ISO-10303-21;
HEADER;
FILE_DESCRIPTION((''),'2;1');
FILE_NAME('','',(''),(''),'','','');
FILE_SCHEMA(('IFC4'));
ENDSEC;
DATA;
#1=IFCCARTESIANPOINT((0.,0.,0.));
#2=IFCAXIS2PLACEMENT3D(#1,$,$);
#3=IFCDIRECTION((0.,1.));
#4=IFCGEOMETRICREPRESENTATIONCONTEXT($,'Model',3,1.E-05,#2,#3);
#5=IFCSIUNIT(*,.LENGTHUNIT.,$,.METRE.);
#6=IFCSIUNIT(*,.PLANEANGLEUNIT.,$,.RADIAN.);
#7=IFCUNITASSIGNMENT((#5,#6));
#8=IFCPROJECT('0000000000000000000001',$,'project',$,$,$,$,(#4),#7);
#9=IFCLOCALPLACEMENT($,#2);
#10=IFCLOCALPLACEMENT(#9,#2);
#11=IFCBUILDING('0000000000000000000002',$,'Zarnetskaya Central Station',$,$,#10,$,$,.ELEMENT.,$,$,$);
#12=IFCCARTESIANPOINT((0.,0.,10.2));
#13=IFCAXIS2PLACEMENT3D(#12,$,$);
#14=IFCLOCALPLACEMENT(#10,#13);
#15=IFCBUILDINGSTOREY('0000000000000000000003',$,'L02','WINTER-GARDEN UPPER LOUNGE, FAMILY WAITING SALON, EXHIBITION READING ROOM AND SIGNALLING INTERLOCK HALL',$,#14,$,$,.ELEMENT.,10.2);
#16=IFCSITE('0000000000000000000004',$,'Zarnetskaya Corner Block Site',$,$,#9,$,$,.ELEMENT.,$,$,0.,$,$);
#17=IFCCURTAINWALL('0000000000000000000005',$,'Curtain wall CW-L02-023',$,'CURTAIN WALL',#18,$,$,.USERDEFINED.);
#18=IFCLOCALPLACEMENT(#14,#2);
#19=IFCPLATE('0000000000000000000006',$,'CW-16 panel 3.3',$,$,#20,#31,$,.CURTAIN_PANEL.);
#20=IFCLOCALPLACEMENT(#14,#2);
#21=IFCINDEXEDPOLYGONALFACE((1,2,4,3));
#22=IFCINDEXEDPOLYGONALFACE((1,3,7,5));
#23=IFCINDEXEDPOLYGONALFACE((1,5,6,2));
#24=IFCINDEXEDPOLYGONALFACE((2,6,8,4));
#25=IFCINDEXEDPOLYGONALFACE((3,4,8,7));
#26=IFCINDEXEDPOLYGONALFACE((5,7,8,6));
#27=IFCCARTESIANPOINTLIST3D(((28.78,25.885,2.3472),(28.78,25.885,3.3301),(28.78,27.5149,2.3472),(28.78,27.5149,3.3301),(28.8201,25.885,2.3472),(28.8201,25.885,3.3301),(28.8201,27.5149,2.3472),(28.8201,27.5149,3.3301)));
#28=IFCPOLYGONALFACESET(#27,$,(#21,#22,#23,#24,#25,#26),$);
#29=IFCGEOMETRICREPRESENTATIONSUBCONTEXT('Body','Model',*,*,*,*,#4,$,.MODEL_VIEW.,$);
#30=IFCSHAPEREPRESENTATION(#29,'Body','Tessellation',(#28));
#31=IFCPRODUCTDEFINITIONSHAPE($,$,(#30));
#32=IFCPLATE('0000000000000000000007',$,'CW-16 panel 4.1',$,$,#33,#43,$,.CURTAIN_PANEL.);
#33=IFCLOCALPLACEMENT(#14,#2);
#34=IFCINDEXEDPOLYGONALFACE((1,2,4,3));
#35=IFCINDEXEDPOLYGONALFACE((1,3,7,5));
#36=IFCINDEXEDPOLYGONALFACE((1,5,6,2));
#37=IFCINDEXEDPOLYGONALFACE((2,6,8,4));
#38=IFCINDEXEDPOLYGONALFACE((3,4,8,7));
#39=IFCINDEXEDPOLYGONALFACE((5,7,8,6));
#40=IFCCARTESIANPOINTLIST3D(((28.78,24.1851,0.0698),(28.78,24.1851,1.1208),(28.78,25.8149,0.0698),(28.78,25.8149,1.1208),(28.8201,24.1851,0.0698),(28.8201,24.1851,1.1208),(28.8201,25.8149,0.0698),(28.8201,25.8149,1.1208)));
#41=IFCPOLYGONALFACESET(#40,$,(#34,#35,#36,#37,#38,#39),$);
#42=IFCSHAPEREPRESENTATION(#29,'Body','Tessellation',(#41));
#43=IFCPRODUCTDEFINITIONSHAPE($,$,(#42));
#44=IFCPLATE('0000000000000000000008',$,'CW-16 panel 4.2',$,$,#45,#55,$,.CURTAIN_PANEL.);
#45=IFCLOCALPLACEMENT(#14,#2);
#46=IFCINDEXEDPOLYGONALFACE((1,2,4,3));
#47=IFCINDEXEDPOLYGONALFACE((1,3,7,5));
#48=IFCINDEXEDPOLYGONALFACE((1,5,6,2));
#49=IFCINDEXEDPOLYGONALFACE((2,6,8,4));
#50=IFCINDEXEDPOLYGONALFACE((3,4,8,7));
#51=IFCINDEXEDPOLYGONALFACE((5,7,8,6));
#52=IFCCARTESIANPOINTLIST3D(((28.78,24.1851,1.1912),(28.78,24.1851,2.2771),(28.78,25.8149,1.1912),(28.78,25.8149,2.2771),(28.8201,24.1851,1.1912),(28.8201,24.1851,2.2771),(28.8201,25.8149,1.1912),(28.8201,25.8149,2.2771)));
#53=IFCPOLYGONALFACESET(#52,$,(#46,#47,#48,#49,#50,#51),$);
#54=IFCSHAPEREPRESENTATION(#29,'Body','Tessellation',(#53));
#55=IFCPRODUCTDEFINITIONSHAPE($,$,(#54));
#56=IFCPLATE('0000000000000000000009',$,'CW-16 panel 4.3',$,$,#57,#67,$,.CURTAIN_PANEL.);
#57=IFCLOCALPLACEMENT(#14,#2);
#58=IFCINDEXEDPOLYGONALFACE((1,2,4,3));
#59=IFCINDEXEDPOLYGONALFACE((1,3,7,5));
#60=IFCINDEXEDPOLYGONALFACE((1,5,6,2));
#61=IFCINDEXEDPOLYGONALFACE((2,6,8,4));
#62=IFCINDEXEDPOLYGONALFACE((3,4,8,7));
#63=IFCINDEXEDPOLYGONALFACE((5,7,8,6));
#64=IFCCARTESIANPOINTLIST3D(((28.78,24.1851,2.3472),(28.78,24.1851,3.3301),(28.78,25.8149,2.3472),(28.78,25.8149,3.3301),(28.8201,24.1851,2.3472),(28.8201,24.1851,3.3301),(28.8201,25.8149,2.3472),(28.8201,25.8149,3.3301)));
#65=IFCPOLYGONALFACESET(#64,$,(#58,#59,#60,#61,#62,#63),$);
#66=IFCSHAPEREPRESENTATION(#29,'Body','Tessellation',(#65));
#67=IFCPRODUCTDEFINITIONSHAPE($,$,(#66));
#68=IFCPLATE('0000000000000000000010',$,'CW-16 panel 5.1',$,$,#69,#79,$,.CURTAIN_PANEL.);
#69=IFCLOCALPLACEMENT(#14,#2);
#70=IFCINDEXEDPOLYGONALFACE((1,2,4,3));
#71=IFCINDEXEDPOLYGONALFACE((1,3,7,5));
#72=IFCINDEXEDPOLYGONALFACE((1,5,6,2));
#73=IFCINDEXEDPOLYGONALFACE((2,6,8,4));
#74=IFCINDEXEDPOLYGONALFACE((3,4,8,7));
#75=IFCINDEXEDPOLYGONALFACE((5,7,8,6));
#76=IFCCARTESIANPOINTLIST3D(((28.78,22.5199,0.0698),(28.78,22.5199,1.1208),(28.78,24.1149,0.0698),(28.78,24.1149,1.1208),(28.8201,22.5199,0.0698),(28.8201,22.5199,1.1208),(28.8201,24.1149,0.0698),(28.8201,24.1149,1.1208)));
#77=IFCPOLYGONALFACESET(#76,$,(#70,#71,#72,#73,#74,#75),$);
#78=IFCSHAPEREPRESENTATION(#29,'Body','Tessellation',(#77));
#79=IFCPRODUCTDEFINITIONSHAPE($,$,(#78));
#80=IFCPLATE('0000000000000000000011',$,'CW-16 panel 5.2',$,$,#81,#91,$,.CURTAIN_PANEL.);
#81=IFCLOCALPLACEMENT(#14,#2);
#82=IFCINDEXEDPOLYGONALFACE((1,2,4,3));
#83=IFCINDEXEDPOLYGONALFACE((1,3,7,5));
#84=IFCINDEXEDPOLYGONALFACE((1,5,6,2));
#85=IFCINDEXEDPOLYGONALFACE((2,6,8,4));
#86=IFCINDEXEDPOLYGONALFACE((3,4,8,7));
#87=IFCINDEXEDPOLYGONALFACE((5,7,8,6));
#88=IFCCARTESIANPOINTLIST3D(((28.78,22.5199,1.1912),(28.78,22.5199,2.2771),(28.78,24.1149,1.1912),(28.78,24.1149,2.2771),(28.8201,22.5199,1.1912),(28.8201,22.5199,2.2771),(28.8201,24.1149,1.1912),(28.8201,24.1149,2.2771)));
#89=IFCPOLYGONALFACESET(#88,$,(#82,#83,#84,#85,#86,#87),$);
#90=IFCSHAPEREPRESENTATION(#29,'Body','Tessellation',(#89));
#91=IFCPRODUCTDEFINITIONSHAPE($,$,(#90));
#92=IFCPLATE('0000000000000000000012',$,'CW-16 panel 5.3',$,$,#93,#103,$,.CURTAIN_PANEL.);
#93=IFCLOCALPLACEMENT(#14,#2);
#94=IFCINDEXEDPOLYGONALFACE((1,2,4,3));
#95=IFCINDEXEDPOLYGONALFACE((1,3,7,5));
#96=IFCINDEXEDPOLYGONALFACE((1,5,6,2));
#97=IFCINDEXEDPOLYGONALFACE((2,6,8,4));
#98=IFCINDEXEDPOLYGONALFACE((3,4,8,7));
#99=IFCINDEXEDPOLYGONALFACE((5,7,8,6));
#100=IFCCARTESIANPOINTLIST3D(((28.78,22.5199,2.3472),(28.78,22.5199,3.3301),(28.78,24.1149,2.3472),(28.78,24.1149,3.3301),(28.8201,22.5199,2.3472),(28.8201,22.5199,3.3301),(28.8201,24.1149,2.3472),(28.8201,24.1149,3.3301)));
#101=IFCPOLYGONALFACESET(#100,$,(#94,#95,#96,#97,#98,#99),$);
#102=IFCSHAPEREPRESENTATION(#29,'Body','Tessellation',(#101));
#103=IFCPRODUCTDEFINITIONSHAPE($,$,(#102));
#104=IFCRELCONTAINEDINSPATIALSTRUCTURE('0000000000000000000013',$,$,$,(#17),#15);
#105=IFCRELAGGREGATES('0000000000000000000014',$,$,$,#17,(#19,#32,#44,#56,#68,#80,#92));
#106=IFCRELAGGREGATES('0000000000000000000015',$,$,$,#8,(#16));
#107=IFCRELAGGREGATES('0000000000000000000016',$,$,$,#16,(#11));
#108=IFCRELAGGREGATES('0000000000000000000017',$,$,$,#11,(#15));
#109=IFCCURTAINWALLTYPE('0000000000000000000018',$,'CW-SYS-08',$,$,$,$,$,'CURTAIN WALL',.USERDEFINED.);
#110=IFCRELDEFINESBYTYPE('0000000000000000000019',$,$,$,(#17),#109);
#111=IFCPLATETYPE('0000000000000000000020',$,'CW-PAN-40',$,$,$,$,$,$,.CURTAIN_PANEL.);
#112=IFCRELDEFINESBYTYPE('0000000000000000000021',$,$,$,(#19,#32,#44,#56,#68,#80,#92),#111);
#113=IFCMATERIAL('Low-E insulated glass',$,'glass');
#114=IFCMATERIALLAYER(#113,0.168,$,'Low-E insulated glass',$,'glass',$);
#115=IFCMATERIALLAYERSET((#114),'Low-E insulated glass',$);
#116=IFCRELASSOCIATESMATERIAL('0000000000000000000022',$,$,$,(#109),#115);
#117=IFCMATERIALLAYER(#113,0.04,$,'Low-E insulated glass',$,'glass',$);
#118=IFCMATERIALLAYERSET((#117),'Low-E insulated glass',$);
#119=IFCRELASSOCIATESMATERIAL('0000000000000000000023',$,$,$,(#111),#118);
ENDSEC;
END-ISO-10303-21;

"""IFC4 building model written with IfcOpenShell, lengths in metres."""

from ifc_helpers import new_model, si_unit, direction, frame, origin, origin_2d, place, context, subcontext, project, spatial, rectangle, extrude, material, layer, layer_set, type_object, element, aggregate, save


model = new_model("IFC4")

# Units and contexts
model_context = context("Model", 3, precision=1e-05, world=origin(), true_north=direction((0.0, 1.0)))
body_context = subcontext(model_context, "Body", "Model", "MODEL_VIEW")
ifc_project = project(units=[si_unit("LENGTHUNIT", "METRE"), si_unit("PLANEANGLEUNIT", "RADIAN")], contexts=[model_context])

# Site, building, storey
site_placement = place(None, origin())
site = spatial("IfcSite", under=ifc_project, at=site_placement, Name="Zarnetskaya Corner Block Site", CompositionType="ELEMENT", RefElevation=0.0)
building_placement = place(site_placement, origin())
building = spatial("IfcBuilding", under=site, at=building_placement, Name="Zarnetskaya Central Station", CompositionType="ELEMENT")
storey_placement = place(building_placement, frame((0.0, 0.0, 10.2)))
storey = spatial("IfcBuildingStorey", under=building, at=storey_placement, Name="L02", Description="WINTER-GARDEN UPPER LOUNGE, FAMILY WAITING SALON, EXHIBITION READING ROOM AND SIGNALLING INTERLOCK HALL", CompositionType="ELEMENT", Elevation=10.2)

# Curtain wall
ifc_material_1 = material(Name="Low-E insulated glass", Category="glass")
ifc_layer_1 = layer(ifc_material_1, 0.168, Name="Low-E insulated glass", Category="glass")
ifc_layer_set_1 = layer_set([ifc_layer_1], Name="Low-E insulated glass")
curtain_wall_type = type_object("IfcCurtainWallType", Name="CW-SYS-08", ElementType="CURTAIN WALL", PredefinedType="USERDEFINED", material=ifc_layer_set_1)
curtain_wall_placement = place(storey_placement, origin())
curtain_wall = element("IfcCurtainWall", 1, at=curtain_wall_placement, inside=storey, type_object=curtain_wall_type, Name="Curtain wall CW-L02-023", ObjectType="CURTAIN WALL", PredefinedType="USERDEFINED")

# Plates
ifc_layer_2 = layer(ifc_material_1, 0.04, Name="Low-E insulated glass", Category="glass")
ifc_layer_set_2 = layer_set([ifc_layer_2], Name="Low-E insulated glass")
plate_type = type_object("IfcPlateType", Name="CW-PAN-40", PredefinedType="CURTAIN_PANEL", material=ifc_layer_set_2)
plate_1_placement = place(storey_placement, frame((28.8, 26.7, 2.3472), z_axis=(0.0, 0.0, 1.0), x_axis=(0.0, -1.0, 0.0)))
plate_1 = element("IfcPlate", 2, at=plate_1_placement, type_object=plate_type, Name="CW-16 panel 3.3", PredefinedType="CURTAIN_PANEL", context=body_context, shape_type="SweptSolid", body=[
    extrude(rectangle(XDim=1.6299, YDim=0.04, at=origin_2d()), origin(), (0.0, 0.0, 1.0), 0.9829),
])
plate_2_placement = place(storey_placement, frame((28.8, 25.0, 0.0698), z_axis=(0.0, 0.0, 1.0), x_axis=(0.0, -1.0, 0.0)))
plate_2 = element("IfcPlate", 3, at=plate_2_placement, type_object=plate_type, Name="CW-16 panel 4.1", PredefinedType="CURTAIN_PANEL", context=body_context, shape_type="SweptSolid", body=[
    extrude(rectangle(XDim=1.6299, YDim=0.04, at=origin_2d()), origin(), (0.0, 0.0, 1.0), 1.051),
])
plate_3_placement = place(storey_placement, frame((28.8, 25.0, 1.1912), z_axis=(0.0, 0.0, 1.0), x_axis=(0.0, -1.0, 0.0)))
plate_3 = element("IfcPlate", 4, at=plate_3_placement, type_object=plate_type, Name="CW-16 panel 4.2", PredefinedType="CURTAIN_PANEL", context=body_context, shape_type="SweptSolid", body=[
    extrude(rectangle(XDim=1.6299, YDim=0.04, at=origin_2d()), origin(), (0.0, 0.0, 1.0), 1.0859),
])
plate_4_placement = place(storey_placement, frame((28.8, 25.0, 2.3472), z_axis=(0.0, 0.0, 1.0), x_axis=(0.0, -1.0, 0.0)))
plate_4 = element("IfcPlate", 5, at=plate_4_placement, type_object=plate_type, Name="CW-16 panel 4.3", PredefinedType="CURTAIN_PANEL", context=body_context, shape_type="SweptSolid", body=[
    extrude(rectangle(XDim=1.6299, YDim=0.04, at=origin_2d()), origin(), (0.0, 0.0, 1.0), 0.9829),
])
plate_5_placement = place(storey_placement, frame((28.8, 23.3174, 0.0698), z_axis=(0.0, 0.0, 1.0), x_axis=(0.0, -1.0, 0.0)))
plate_5 = element("IfcPlate", 6, at=plate_5_placement, type_object=plate_type, Name="CW-16 panel 5.1", PredefinedType="CURTAIN_PANEL", context=body_context, shape_type="SweptSolid", body=[
    extrude(rectangle(XDim=1.595, YDim=0.04, at=origin_2d()), origin(), (0.0, 0.0, 1.0), 1.051),
])
plate_6_placement = place(storey_placement, frame((28.8, 23.3174, 1.1912), z_axis=(0.0, 0.0, 1.0), x_axis=(0.0, -1.0, 0.0)))
plate_6 = element("IfcPlate", 7, at=plate_6_placement, type_object=plate_type, Name="CW-16 panel 5.2", PredefinedType="CURTAIN_PANEL", context=body_context, shape_type="SweptSolid", body=[
    extrude(rectangle(XDim=1.595, YDim=0.04, at=origin_2d()), origin(), (0.0, 0.0, 1.0), 1.0859),
])
plate_7_placement = place(storey_placement, frame((28.8, 23.3174, 2.3472), z_axis=(0.0, 0.0, 1.0), x_axis=(0.0, -1.0, 0.0)))
plate_7 = element("IfcPlate", 8, at=plate_7_placement, type_object=plate_type, Name="CW-16 panel 5.3", PredefinedType="CURTAIN_PANEL", context=body_context, shape_type="SweptSolid", body=[
    extrude(rectangle(XDim=1.595, YDim=0.04, at=origin_2d()), origin(), (0.0, 0.0, 1.0), 0.9829),
])
aggregate(curtain_wall, [plate_1, plate_2, plate_3, plate_4, plate_5, plate_6, plate_7])

save(model, "model.ifc")
